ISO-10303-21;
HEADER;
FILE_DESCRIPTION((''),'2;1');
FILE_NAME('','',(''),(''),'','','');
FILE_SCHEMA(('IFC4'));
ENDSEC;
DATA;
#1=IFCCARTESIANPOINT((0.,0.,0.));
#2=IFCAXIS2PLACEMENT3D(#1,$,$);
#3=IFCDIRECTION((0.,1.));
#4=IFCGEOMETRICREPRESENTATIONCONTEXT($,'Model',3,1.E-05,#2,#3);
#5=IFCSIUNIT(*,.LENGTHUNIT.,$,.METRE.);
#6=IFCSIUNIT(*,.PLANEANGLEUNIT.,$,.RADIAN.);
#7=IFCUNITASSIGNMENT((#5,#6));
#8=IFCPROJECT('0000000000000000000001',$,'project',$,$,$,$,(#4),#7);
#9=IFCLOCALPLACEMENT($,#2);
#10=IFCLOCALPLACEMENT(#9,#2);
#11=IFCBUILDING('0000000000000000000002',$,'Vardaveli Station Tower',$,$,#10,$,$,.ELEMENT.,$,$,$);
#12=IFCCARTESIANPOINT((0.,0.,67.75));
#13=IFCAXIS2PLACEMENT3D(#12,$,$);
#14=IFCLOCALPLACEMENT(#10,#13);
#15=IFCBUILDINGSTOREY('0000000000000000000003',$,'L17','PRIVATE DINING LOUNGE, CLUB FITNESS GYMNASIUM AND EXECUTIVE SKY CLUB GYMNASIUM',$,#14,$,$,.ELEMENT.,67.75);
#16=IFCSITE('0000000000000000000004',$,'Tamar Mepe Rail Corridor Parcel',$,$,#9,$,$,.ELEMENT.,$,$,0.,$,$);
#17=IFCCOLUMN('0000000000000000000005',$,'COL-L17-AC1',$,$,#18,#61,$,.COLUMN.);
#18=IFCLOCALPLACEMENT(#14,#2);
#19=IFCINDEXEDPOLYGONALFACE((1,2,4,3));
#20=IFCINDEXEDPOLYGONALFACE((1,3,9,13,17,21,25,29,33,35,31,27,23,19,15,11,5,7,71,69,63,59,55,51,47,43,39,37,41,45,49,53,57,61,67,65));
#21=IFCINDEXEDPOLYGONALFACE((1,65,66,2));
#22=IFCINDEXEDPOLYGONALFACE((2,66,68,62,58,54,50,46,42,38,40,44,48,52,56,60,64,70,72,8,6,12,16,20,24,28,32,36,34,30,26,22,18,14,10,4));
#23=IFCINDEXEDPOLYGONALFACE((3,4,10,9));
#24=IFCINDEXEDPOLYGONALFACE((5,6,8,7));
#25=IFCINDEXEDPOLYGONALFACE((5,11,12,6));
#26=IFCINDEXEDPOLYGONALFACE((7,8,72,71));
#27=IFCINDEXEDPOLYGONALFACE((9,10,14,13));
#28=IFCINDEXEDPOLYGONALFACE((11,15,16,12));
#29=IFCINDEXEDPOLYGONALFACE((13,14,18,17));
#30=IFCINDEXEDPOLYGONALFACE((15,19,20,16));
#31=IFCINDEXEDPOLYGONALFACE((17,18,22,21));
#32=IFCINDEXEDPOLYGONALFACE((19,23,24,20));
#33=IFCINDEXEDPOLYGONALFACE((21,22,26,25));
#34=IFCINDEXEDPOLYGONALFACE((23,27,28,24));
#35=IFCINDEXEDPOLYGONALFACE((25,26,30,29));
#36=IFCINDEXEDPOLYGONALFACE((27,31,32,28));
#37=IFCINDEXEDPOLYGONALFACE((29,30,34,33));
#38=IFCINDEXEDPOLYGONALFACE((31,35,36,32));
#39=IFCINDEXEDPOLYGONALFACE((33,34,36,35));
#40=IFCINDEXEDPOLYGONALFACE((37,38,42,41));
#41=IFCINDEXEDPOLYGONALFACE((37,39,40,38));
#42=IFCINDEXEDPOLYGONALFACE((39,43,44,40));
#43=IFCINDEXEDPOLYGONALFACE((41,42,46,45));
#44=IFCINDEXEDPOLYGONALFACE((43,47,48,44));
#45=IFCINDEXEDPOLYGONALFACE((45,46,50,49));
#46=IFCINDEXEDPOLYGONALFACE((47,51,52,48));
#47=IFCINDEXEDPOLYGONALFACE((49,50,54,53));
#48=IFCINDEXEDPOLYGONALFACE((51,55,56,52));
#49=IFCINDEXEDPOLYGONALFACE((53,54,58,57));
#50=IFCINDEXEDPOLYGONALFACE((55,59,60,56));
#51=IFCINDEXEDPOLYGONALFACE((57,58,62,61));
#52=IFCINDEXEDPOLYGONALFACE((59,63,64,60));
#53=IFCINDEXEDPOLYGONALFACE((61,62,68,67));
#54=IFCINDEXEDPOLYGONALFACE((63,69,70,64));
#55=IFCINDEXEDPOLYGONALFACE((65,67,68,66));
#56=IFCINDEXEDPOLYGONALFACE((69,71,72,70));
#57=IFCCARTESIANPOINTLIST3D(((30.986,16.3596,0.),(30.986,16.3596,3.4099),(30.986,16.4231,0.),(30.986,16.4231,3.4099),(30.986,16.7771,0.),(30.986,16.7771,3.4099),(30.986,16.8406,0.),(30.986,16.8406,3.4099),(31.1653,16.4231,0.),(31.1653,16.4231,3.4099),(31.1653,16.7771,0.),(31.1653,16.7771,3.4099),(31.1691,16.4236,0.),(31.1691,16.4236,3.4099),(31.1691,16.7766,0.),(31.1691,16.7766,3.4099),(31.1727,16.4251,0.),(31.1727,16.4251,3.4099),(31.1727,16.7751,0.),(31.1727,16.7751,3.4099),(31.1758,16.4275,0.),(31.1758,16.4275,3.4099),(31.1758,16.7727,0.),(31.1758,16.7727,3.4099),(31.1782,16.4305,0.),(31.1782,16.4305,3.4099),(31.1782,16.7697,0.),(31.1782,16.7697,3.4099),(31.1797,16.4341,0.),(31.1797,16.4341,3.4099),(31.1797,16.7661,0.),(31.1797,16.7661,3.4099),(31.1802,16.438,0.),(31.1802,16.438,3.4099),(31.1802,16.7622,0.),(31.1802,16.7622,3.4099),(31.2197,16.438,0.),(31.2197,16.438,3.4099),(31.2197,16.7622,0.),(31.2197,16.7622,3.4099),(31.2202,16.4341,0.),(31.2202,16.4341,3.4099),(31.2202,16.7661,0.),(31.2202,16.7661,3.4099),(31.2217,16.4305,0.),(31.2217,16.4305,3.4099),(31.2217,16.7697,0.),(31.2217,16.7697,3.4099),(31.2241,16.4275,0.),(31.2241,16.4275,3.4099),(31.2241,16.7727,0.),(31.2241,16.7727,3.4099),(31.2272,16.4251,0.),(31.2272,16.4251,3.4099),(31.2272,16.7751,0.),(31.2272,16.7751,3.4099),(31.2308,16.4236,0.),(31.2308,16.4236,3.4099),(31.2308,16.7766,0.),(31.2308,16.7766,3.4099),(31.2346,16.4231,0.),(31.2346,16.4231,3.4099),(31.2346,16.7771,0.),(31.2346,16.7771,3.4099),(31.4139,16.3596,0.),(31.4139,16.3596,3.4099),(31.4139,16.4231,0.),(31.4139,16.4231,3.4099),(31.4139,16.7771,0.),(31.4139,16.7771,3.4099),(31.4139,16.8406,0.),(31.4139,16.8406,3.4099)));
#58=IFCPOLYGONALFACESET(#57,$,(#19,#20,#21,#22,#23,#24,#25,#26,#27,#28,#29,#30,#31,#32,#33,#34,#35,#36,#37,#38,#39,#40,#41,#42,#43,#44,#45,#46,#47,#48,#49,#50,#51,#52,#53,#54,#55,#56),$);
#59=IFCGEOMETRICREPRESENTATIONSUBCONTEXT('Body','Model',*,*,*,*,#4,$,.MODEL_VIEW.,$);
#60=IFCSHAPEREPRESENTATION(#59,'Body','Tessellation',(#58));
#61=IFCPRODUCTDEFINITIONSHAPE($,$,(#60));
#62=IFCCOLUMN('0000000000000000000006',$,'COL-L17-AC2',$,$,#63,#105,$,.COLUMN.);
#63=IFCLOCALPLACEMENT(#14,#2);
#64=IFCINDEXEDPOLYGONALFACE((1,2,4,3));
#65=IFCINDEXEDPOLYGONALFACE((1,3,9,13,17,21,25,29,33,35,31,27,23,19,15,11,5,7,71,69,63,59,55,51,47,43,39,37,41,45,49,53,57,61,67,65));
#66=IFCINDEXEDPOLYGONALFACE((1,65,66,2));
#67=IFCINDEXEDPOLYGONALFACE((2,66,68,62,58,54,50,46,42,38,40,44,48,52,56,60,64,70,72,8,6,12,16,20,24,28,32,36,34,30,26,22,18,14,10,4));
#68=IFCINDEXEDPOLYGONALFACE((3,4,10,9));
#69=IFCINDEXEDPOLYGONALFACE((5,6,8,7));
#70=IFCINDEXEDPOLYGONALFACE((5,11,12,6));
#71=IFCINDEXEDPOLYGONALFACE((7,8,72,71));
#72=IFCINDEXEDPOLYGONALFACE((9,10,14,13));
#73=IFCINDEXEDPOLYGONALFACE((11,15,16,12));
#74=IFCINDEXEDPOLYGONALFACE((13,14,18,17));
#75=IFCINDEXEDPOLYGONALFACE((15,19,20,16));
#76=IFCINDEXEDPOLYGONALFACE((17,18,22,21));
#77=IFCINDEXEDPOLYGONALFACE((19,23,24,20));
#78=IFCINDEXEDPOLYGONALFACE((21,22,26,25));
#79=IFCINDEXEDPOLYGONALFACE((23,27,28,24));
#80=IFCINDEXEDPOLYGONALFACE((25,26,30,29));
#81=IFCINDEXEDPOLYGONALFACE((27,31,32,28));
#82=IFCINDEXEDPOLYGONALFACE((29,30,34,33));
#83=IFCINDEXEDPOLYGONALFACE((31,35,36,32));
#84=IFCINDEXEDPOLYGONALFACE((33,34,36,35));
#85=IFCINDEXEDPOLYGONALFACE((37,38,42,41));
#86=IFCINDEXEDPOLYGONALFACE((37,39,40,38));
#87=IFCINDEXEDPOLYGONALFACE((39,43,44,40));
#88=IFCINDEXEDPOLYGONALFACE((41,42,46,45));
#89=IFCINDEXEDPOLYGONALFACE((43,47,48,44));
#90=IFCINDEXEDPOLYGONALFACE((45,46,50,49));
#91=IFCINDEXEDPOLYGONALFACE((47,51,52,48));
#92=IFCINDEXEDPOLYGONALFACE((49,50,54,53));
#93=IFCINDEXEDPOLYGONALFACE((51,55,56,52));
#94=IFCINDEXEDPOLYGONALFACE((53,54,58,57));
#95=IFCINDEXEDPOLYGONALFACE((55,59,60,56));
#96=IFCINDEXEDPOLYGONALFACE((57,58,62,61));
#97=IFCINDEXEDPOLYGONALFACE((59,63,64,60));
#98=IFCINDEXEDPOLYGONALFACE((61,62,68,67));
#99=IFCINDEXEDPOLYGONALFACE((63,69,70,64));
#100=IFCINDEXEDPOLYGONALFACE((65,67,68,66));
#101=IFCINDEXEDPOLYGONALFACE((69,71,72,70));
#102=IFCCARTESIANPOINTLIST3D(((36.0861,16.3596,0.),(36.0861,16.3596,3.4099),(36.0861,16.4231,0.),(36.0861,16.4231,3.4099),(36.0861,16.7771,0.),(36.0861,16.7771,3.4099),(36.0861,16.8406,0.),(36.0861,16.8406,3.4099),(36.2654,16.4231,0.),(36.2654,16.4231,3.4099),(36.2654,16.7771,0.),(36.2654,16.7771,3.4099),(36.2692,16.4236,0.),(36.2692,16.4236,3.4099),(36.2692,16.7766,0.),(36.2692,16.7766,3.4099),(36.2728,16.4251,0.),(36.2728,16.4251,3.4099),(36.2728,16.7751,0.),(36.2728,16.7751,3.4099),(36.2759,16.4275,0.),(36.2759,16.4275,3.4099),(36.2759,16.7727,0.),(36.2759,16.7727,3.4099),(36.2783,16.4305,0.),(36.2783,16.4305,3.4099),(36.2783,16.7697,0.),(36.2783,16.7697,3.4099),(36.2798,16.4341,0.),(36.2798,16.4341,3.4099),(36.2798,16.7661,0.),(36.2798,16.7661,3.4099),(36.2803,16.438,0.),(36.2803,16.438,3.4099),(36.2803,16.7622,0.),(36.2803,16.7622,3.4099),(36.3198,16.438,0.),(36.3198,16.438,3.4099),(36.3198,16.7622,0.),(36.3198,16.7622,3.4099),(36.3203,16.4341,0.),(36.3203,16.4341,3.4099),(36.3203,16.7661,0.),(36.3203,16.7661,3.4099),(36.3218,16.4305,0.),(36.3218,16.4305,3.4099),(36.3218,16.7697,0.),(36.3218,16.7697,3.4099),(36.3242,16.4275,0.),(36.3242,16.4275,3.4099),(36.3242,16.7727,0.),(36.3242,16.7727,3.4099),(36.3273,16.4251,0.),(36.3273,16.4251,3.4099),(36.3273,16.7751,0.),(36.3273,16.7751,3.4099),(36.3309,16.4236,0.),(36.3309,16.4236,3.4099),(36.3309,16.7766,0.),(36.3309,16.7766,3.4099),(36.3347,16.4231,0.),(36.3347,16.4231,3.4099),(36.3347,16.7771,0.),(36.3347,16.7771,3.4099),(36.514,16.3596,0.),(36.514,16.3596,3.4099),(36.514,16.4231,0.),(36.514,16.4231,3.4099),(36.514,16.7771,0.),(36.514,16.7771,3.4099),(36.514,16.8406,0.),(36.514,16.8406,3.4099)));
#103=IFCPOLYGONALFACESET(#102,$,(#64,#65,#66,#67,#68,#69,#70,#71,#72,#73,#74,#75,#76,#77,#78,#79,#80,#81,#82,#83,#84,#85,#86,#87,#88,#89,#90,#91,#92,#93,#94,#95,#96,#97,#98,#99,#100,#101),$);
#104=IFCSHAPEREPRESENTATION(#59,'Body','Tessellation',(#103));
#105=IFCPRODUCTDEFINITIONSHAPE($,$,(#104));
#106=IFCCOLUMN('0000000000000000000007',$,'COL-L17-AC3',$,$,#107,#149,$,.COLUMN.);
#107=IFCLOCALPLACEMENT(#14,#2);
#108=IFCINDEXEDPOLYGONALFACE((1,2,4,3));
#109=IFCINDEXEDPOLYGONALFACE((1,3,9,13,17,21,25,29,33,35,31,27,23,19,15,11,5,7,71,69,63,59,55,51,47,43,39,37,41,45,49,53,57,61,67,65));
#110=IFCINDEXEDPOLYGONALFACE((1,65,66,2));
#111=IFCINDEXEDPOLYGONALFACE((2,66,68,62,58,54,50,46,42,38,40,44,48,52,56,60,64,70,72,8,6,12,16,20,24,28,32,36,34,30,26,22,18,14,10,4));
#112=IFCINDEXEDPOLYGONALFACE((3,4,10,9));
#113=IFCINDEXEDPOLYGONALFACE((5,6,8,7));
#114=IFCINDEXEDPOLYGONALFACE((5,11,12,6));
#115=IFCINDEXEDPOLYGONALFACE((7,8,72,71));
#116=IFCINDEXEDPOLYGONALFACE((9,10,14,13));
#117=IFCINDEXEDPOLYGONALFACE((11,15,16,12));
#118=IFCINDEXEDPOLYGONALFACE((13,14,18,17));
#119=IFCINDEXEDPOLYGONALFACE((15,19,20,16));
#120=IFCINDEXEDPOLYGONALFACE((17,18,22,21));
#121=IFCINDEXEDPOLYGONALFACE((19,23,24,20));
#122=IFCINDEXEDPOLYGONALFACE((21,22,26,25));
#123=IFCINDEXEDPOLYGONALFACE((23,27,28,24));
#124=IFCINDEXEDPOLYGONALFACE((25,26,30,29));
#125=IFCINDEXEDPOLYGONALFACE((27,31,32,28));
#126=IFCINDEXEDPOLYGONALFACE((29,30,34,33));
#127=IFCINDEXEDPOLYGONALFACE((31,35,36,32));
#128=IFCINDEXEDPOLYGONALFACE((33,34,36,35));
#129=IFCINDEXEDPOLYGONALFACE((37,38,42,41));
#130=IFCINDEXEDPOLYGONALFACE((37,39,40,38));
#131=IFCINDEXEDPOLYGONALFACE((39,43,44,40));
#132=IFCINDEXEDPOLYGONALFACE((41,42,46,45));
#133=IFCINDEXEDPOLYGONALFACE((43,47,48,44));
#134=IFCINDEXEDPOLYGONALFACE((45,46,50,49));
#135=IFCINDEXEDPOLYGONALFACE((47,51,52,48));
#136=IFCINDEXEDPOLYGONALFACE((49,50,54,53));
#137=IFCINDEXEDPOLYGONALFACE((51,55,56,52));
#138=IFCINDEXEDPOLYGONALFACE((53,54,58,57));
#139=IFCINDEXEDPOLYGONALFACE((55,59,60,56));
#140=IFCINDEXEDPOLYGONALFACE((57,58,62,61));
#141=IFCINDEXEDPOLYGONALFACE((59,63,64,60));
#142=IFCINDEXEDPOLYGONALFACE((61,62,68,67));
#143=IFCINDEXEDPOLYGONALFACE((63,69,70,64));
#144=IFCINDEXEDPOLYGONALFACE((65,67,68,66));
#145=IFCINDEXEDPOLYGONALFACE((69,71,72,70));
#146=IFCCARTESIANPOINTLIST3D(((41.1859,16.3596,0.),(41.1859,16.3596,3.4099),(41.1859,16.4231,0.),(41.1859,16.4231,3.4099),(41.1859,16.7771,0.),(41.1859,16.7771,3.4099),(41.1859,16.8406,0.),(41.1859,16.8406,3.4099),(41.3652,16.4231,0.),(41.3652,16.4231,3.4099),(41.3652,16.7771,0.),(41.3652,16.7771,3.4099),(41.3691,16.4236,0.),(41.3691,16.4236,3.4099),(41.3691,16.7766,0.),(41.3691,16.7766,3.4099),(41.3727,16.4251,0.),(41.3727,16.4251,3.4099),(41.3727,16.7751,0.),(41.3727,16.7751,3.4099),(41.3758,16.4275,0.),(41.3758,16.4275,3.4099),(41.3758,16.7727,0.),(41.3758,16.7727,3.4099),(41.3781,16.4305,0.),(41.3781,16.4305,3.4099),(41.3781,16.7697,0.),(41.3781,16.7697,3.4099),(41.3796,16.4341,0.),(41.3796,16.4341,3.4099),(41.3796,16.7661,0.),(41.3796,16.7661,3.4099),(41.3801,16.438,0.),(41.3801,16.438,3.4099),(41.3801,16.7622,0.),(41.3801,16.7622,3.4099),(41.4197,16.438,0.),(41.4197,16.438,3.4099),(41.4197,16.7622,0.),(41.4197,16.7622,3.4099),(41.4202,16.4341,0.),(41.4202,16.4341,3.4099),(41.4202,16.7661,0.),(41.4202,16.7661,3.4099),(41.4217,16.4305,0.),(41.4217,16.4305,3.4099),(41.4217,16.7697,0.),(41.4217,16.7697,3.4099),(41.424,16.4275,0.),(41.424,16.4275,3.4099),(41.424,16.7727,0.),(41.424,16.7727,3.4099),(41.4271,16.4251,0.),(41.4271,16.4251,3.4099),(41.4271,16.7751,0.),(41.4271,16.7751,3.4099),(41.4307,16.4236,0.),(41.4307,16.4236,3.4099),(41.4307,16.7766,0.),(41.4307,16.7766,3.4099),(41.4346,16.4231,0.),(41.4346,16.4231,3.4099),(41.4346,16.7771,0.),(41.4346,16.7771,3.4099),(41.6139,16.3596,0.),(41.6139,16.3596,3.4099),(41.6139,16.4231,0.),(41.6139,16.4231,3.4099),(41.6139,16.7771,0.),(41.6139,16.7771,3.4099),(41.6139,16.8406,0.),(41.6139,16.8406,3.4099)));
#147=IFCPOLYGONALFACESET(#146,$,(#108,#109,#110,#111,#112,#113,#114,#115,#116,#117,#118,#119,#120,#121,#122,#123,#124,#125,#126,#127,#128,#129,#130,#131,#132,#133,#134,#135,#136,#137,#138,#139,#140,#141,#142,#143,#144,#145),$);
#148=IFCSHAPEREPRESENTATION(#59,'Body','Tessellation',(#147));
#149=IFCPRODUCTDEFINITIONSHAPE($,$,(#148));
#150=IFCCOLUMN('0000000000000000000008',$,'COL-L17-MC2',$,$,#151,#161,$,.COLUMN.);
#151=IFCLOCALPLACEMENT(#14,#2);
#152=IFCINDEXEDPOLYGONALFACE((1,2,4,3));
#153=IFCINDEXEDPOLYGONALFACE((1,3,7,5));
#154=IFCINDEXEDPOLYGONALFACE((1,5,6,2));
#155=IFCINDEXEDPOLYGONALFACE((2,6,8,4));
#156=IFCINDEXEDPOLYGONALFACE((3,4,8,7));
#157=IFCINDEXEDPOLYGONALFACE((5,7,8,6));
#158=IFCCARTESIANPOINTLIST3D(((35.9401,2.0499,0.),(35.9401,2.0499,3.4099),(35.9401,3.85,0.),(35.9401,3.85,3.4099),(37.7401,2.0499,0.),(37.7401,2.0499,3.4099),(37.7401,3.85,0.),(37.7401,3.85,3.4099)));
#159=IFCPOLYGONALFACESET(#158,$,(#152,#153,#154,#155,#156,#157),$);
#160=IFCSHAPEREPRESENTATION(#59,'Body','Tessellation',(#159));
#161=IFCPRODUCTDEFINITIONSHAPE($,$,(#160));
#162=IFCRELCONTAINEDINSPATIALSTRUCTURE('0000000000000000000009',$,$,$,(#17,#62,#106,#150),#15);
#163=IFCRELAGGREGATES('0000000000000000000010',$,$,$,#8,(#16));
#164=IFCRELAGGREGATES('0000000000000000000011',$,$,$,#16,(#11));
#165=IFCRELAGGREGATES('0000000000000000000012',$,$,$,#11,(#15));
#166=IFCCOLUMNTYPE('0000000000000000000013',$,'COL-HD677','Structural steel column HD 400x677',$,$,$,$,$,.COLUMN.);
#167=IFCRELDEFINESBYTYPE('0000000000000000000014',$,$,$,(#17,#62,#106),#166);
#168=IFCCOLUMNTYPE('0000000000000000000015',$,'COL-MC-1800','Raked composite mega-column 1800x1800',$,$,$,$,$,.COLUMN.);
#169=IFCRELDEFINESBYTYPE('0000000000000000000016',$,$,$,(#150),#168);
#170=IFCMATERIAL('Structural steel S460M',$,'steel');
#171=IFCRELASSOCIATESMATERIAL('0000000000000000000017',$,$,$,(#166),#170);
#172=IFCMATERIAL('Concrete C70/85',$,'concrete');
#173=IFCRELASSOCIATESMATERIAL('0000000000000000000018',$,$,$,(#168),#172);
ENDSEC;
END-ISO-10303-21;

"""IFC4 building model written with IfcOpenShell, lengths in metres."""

from ifc_helpers import new_model, si_unit, direction, frame, origin, origin_2d, place, context, subcontext, project, spatial, rectangle, i_section, extrude, source, transform, mapped, material, material_profile, profile_set, type_object, element, save


model = new_model("IFC4")

# Units and contexts
model_context = context("Model", 3, precision=1e-05, world=origin(), true_north=direction((0.0, 1.0)))
body_context = subcontext(model_context, "Body", "Model", "MODEL_VIEW")
ifc_project = project(units=[si_unit("LENGTHUNIT", "METRE"), si_unit("PLANEANGLEUNIT", "RADIAN")], contexts=[model_context])

# Site, building, storey
site_placement = place(None, origin())
site = spatial("IfcSite", under=ifc_project, at=site_placement, Name="Tamar Mepe Rail Corridor Parcel", CompositionType="ELEMENT", RefElevation=0.0)
building_placement = place(site_placement, origin())
building = spatial("IfcBuilding", under=site, at=building_placement, Name="Vardaveli Station Tower", CompositionType="ELEMENT")
storey_placement = place(building_placement, frame((0.0, 0.0, 67.75)))
storey = spatial("IfcBuildingStorey", under=building, at=storey_placement, Name="L17", Description="PRIVATE DINING LOUNGE, CLUB FITNESS GYMNASIUM AND EXECUTIVE SKY CLUB GYMNASIUM", CompositionType="ELEMENT", Elevation=67.75)

# Columns
ifc_material_1 = material(Name="Structural steel S460M", Category="steel")
ifc_material_profile_1 = material_profile(ifc_material_1, i_section(OverallWidth=0.428, OverallDepth=0.481, WebThickness=0.0396, FlangeThickness=0.0635, FilletRadius=0.0149, at=origin_2d()), Name="HD 400x677")
ifc_profile_set_1 = profile_set([ifc_material_profile_1], Name="Structural steel S460M")
column_type_1 = type_object("IfcColumnType", Name="COL-HD677", Description="Structural steel column HD 400x677", PredefinedType="COLUMN", material=ifc_profile_set_1)
shared_shape_1 = source(origin(), body_context, "Body", "SweptSolid", [
    extrude(i_section(OverallWidth=0.428, OverallDepth=0.481, WebThickness=0.0396, FlangeThickness=0.0635, FilletRadius=0.0149, at=origin_2d()), origin(), (0.0, 0.0, 1.0), 3.4099),
])
for number, where, z_axis, x_axis, name in (
    (1, (31.2, 16.6001, 0.0), (0.0, 0.0, 1.0), (1.0, 0.0, 0.0), "COL-L17-AC1"),
    (2, (36.3, 16.6001, 0.0), (0.0, 0.0, 1.0), (1.0, 0.0, 0.0), "COL-L17-AC2"),
    (3, (41.3999, 16.6001, 0.0), (0.0, 0.0, 1.0), (1.0, 0.0, 0.0), "COL-L17-AC3"),
):
    element("IfcColumn", number, at=place(storey_placement, frame(where, z_axis=z_axis, x_axis=x_axis)), inside=storey, type_object=column_type_1, Name=name, PredefinedType="COLUMN", context=body_context, shape_type="MappedRepresentation", body=[
        mapped(shared_shape_1, transform((0.0, 0.0, 0.0), scale=1.0)),
    ])
ifc_material_2 = material(Name="Concrete C70/85", Category="concrete")
ifc_material_profile_2 = material_profile(ifc_material_2, rectangle(XDim=1.8, YDim=1.8, at=origin_2d()), Name="MC 1800x1800")
ifc_profile_set_2 = profile_set([ifc_material_profile_2], Name="Concrete C70/85")
column_type_2 = type_object("IfcColumnType", Name="COL-MC-1800", Description="Raked composite mega-column 1800x1800", PredefinedType="COLUMN", material=ifc_profile_set_2)
shared_shape_2 = source(origin(), body_context, "Body", "SweptSolid", [
    extrude(rectangle(XDim=1.8, YDim=1.8, at=origin_2d()), origin(), (0.0, 0.0, 1.0), 3.4099),
])
column_placement = place(storey_placement, frame((36.8401, 2.95, 0.0), z_axis=(0.0, 0.0, 1.0), x_axis=(1.0, 0.0, 0.0)))
element("IfcColumn", 4, at=column_placement, inside=storey, type_object=column_type_2, Name="COL-L17-MC2", PredefinedType="COLUMN", context=body_context, shape_type="MappedRepresentation", body=[
    mapped(shared_shape_2, transform((0.0, 0.0, 0.0), scale=1.0)),
])

save(model, "model.ifc")
